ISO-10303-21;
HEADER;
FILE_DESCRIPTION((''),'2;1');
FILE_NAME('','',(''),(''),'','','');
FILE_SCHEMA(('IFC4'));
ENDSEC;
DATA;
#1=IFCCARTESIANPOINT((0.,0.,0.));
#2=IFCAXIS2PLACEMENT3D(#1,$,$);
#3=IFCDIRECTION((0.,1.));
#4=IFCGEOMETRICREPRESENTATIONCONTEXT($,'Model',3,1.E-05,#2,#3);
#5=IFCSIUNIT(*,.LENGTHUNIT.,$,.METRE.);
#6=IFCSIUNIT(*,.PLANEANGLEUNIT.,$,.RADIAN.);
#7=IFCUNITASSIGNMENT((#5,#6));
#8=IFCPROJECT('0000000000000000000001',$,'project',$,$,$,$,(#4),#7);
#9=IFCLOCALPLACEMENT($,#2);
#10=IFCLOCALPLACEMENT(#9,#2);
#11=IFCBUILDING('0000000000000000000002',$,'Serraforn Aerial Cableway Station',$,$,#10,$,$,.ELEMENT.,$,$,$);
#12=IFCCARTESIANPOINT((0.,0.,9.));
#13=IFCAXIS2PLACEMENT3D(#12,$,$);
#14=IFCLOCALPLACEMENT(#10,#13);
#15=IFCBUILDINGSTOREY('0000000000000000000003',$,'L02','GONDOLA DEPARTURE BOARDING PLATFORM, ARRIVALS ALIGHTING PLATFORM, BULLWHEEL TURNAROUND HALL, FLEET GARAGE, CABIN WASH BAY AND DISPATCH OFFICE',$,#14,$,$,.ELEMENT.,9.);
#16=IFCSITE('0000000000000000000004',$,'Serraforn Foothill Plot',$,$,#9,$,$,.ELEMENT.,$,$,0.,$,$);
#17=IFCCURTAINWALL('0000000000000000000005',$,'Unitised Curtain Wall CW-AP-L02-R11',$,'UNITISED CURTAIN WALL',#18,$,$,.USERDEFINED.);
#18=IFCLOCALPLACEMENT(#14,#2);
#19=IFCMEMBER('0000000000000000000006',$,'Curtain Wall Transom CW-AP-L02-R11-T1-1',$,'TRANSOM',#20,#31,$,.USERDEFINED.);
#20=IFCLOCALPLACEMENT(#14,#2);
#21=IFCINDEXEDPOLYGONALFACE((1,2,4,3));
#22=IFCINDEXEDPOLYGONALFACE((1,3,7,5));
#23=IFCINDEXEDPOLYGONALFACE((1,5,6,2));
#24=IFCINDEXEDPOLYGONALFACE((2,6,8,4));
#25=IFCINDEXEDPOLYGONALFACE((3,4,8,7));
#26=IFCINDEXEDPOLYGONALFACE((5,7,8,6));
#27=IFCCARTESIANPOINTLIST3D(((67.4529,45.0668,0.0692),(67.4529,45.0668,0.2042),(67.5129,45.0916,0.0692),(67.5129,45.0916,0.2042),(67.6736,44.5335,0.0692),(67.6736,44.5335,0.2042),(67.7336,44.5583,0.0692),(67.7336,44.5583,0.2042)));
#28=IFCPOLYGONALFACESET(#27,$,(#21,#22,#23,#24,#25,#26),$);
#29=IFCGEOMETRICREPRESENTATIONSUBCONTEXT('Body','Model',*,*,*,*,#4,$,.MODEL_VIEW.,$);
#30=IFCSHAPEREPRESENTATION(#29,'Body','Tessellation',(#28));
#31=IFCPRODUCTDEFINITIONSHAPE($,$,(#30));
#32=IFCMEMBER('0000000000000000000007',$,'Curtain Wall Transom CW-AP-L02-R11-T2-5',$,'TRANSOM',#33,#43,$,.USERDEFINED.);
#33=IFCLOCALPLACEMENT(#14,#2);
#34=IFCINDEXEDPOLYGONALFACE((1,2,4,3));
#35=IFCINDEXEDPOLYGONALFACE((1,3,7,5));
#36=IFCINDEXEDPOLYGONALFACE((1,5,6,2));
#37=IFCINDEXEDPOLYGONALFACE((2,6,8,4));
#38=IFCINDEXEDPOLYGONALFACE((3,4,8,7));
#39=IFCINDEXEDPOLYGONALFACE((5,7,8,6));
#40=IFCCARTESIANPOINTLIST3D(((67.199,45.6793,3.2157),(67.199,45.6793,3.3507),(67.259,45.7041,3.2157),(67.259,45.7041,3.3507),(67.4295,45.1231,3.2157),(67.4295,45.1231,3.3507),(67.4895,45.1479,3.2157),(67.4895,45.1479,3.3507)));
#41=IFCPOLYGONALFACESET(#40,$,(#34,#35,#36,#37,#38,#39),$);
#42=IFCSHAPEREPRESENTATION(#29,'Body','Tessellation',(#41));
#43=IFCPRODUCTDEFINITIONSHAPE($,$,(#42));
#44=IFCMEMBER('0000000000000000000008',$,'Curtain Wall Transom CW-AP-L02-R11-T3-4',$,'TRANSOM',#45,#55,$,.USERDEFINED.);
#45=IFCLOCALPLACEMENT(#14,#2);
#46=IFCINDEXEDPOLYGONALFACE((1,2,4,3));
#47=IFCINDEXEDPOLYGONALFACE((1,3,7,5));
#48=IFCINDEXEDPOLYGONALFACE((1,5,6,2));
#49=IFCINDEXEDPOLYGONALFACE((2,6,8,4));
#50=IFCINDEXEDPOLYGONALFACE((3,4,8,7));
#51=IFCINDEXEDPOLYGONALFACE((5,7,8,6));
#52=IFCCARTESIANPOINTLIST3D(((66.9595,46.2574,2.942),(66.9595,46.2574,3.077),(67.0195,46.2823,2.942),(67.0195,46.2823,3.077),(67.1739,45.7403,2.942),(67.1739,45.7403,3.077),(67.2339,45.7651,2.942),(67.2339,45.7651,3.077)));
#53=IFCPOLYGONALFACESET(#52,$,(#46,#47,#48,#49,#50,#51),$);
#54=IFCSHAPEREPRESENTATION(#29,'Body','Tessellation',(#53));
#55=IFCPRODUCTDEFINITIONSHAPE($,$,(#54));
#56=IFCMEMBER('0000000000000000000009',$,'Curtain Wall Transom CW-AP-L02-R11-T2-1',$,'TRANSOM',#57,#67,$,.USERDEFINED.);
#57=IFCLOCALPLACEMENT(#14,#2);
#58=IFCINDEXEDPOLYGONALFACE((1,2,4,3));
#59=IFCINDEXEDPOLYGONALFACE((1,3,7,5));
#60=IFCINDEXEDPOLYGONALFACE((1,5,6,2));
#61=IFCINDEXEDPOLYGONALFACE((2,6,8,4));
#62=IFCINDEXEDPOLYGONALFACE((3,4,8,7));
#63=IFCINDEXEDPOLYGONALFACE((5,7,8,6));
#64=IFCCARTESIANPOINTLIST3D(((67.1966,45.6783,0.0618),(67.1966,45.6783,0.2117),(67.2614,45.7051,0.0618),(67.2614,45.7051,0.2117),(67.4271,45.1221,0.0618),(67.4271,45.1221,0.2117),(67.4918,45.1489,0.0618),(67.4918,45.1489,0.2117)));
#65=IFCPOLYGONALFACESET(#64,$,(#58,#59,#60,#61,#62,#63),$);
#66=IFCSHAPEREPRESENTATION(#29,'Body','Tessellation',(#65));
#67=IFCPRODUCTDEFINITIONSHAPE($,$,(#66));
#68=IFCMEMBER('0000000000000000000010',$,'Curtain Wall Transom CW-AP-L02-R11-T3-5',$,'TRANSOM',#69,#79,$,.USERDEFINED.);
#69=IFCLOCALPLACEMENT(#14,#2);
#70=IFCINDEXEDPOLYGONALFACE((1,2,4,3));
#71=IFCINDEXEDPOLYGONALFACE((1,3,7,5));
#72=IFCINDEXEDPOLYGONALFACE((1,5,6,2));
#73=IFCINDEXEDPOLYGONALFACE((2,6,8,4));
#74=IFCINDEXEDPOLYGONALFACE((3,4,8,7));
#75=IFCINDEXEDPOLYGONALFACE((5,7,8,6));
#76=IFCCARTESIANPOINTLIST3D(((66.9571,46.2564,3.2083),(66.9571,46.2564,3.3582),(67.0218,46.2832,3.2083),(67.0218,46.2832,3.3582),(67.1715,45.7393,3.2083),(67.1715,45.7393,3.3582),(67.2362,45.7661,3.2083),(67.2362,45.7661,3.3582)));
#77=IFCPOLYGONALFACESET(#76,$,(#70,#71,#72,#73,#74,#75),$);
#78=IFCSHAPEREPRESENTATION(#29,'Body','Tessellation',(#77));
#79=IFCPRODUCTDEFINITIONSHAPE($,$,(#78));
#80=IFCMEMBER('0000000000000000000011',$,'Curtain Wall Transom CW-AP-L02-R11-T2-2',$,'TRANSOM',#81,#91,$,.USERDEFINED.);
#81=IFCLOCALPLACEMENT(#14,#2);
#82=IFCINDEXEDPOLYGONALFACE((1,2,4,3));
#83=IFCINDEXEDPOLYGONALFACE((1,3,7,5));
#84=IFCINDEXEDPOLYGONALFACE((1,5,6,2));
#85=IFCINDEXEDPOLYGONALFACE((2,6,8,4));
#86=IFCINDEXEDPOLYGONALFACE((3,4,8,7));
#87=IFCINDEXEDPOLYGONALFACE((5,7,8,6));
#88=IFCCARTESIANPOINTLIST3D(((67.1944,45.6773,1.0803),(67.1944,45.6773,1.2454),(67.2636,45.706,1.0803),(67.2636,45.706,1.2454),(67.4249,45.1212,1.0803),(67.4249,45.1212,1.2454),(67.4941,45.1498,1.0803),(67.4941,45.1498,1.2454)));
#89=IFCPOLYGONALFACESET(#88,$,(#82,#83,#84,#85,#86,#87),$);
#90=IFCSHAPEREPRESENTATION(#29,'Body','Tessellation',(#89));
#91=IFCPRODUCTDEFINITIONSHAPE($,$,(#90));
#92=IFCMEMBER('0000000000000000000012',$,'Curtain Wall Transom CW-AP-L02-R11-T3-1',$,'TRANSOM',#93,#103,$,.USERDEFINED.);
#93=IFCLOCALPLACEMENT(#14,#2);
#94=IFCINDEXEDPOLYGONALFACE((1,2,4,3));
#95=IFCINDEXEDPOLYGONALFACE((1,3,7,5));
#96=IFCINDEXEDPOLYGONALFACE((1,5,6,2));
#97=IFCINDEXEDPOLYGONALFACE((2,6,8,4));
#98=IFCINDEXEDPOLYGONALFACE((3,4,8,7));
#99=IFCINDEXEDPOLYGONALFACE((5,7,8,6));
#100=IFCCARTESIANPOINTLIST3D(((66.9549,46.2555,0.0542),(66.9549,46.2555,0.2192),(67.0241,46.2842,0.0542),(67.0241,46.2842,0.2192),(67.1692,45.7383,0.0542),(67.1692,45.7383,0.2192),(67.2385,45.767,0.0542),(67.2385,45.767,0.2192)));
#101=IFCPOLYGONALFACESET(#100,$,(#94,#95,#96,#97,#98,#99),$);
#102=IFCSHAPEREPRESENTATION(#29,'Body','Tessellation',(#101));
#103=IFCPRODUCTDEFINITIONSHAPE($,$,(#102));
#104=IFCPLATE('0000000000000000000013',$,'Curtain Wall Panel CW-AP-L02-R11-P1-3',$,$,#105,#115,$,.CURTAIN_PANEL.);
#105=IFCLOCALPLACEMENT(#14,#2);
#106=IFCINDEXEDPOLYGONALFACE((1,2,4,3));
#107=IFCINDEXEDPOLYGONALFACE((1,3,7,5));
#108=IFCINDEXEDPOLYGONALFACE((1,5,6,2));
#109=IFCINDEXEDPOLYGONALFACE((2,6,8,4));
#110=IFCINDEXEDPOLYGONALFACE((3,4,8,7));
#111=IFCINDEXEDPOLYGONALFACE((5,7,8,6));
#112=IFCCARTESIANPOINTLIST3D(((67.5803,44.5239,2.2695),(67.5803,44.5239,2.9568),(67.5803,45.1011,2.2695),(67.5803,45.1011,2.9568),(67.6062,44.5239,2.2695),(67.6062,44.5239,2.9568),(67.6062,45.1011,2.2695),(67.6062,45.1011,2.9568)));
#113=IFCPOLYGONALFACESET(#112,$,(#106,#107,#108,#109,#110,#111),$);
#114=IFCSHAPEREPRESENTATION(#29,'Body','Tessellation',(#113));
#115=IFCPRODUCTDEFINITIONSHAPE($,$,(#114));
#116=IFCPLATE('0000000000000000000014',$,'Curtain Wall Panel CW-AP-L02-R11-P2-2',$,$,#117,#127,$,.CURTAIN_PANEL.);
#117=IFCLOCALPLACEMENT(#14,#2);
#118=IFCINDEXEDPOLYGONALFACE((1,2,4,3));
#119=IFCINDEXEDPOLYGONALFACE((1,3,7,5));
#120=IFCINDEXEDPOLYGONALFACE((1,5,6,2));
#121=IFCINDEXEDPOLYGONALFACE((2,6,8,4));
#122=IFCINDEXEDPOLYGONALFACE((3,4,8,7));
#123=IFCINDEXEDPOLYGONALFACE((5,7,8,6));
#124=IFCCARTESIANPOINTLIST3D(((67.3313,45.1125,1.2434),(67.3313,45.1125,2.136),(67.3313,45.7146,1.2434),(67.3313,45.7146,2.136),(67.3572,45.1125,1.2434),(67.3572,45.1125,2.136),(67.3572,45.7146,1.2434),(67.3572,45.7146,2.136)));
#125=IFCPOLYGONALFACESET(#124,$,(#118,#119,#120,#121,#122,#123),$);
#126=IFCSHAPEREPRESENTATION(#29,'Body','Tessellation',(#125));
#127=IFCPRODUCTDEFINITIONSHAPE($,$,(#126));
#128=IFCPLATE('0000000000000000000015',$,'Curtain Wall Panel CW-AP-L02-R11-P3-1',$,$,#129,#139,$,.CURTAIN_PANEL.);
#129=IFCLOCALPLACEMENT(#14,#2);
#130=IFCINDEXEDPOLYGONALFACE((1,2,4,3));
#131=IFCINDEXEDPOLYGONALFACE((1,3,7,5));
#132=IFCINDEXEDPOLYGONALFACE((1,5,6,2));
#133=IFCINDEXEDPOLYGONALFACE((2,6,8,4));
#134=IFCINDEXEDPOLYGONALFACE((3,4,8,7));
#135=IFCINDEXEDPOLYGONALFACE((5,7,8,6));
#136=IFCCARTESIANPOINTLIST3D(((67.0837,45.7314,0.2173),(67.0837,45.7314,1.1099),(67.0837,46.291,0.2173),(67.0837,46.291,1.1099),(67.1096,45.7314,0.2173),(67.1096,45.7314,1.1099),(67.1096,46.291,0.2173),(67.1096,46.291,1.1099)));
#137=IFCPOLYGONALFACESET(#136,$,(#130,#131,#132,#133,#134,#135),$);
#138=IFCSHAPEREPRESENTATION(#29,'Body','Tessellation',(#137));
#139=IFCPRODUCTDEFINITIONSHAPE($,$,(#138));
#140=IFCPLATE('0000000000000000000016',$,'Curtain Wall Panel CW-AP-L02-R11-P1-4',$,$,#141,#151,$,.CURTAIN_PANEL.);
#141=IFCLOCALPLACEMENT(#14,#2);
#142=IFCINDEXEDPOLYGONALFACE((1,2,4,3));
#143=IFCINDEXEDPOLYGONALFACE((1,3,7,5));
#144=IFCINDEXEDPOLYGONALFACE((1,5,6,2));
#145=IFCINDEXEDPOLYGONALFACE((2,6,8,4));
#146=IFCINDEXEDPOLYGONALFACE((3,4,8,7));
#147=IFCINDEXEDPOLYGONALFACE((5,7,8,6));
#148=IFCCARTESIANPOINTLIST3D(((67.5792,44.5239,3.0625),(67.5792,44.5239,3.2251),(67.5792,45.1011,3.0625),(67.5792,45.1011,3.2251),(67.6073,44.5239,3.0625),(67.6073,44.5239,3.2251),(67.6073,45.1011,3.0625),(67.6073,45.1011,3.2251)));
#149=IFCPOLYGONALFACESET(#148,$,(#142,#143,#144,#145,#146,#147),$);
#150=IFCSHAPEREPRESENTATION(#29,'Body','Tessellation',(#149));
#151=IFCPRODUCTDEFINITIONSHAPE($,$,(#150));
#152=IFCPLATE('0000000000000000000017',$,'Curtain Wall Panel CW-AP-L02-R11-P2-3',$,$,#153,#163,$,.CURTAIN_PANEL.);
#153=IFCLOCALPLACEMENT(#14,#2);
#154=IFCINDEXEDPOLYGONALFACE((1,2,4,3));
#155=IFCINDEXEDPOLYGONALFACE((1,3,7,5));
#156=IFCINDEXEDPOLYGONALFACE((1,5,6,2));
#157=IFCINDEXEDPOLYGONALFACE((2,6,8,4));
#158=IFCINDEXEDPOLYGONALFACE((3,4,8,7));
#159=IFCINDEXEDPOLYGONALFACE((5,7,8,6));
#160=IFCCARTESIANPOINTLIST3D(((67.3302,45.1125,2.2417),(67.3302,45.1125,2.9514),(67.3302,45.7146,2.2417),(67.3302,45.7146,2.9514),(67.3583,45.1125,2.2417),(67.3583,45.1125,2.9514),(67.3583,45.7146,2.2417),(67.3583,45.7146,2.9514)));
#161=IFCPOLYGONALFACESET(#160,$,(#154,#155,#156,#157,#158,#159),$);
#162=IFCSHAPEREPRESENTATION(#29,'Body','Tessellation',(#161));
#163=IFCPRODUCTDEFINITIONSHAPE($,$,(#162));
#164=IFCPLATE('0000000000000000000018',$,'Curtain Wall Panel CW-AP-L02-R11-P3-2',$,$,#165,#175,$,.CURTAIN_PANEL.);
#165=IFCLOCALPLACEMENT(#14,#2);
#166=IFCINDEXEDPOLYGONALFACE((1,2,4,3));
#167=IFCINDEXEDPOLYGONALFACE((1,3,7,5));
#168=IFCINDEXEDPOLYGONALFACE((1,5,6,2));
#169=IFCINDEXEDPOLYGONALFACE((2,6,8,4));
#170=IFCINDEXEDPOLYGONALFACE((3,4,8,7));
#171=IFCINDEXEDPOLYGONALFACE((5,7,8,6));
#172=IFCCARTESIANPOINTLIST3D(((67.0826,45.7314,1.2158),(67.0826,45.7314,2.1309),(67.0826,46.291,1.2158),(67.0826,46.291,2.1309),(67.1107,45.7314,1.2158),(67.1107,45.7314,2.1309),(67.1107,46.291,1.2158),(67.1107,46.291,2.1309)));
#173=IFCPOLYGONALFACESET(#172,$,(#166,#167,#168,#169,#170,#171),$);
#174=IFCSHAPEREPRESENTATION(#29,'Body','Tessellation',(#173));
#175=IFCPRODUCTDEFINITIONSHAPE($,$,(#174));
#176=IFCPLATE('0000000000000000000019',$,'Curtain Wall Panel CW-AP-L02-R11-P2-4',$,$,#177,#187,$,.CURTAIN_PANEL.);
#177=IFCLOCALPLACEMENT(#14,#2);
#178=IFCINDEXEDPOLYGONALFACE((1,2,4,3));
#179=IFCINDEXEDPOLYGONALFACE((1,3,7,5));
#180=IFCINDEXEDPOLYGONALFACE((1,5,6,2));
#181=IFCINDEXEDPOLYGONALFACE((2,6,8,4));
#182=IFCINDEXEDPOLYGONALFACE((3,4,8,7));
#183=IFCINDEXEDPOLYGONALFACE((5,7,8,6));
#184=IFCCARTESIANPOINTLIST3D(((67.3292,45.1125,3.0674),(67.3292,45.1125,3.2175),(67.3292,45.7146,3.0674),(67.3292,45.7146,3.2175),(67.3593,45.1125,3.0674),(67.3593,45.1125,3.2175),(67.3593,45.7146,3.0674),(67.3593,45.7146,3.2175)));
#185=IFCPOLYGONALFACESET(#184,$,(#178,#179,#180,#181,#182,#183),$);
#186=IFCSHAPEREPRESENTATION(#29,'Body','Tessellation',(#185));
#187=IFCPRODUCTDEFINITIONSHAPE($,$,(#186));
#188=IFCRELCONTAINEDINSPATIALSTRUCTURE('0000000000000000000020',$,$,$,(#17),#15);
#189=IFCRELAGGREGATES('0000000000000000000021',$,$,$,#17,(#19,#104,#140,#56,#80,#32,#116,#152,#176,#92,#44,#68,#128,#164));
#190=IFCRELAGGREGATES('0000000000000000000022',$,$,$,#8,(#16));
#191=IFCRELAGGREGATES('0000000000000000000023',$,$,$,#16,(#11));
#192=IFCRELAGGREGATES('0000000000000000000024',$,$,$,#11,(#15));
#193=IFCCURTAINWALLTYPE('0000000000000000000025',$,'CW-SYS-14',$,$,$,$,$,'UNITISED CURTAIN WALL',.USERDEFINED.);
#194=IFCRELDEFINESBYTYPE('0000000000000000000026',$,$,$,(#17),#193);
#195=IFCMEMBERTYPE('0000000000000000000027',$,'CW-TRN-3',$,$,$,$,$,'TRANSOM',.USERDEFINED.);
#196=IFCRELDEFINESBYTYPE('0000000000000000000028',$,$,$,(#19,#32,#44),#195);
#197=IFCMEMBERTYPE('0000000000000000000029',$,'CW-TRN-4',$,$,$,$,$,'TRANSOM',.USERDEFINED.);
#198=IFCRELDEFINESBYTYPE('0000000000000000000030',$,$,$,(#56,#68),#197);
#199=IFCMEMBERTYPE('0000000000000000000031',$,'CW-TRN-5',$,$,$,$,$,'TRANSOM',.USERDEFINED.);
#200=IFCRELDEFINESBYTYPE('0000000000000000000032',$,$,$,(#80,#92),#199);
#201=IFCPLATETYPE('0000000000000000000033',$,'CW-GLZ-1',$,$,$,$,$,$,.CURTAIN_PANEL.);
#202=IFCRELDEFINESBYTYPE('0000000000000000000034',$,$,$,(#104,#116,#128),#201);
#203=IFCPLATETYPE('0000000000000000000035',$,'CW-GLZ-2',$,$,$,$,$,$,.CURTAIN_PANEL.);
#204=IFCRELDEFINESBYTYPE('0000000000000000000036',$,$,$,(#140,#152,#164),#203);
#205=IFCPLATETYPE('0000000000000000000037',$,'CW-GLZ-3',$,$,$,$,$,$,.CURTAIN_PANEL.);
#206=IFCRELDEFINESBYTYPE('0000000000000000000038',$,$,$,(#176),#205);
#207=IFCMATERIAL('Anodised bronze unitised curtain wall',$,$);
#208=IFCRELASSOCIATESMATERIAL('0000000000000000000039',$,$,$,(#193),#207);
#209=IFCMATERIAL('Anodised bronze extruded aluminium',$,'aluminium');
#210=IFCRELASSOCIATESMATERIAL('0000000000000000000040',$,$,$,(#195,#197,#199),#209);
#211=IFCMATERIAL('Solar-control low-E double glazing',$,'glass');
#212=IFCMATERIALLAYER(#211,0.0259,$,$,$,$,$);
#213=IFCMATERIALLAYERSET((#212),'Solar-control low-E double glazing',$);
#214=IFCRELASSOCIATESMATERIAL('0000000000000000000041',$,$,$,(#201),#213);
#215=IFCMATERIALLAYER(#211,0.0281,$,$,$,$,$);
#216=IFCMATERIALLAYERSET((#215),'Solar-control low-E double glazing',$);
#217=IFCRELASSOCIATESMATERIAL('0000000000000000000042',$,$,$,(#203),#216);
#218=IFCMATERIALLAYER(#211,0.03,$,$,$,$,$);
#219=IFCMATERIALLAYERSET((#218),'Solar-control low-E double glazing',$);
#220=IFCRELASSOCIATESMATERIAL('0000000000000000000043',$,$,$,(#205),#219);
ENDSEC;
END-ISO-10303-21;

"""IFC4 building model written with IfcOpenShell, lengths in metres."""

from ifc_helpers import new_model, si_unit, direction, frame, origin, origin_2d, place, context, subcontext, project, spatial, rectangle, extrude, material, layer, layer_set, material_profile, profile_set, type_object, element, aggregate, save


model = new_model("IFC4")

# Units and contexts
model_context = context("Model", 3, precision=1e-05, world=origin(), true_north=direction((0.0, 1.0)))
body_context = subcontext(model_context, "Body", "Model", "MODEL_VIEW")
ifc_project = project(units=[si_unit("LENGTHUNIT", "METRE"), si_unit("PLANEANGLEUNIT", "RADIAN")], contexts=[model_context])

# Site, building, storey
site_placement = place(None, origin())
site = spatial("IfcSite", under=ifc_project, at=site_placement, Name="Serraforn Foothill Plot", CompositionType="ELEMENT", RefElevation=0.0)
building_placement = place(site_placement, origin())
building = spatial("IfcBuilding", under=site, at=building_placement, Name="Serraforn Aerial Cableway Station", CompositionType="ELEMENT")
storey_placement = place(building_placement, frame((0.0, 0.0, 9.0)))
storey = spatial("IfcBuildingStorey", under=building, at=storey_placement, Name="L02", Description="GONDOLA DEPARTURE BOARDING PLATFORM, ARRIVALS ALIGHTING PLATFORM, BULLWHEEL TURNAROUND HALL, FLEET GARAGE, CABIN WASH BAY AND DISPATCH OFFICE", CompositionType="ELEMENT", Elevation=9.0)

# Curtain wall, members, plates
ifc_material_1 = material(Name="Anodised bronze unitised curtain wall")
curtain_wall_type = type_object("IfcCurtainWallType", Name="CW-SYS-14", ElementType="UNITISED CURTAIN WALL", PredefinedType="USERDEFINED", material=ifc_material_1)
curtain_wall_placement = place(storey_placement, origin())
curtain_wall = element("IfcCurtainWall", 1, at=curtain_wall_placement, inside=storey, type_object=curtain_wall_type, Name="Unitised Curtain Wall CW-AP-L02-R11", ObjectType="UNITISED CURTAIN WALL", PredefinedType="USERDEFINED")
ifc_material_2 = material(Name="Anodised bronze extruded aluminium", Category="aluminium")
ifc_material_profile_1 = material_profile(ifc_material_2, rectangle(XDim=0.0649, YDim=0.135, at=origin_2d()), Name="CW TRANSOM 65x135")
ifc_profile_set_1 = profile_set([ifc_material_profile_1], Name="Anodised bronze extruded aluminium")
member_type_1 = type_object("IfcMemberType", Name="CW-TRN-3", ElementType="TRANSOM", PredefinedType="USERDEFINED", material=ifc_profile_set_1)
member_1_placement = place(storey_placement, frame((67.7036, 44.5459, 0.1367), z_axis=(-0.382451, 0.923976, 0.0), x_axis=(-0.923976, -0.382451, 0.0)))
member_1 = element("IfcMember", 2, at=member_1_placement, type_object=member_type_1, Name="Curtain Wall Transom CW-AP-L02-R11-T1-1", ObjectType="TRANSOM", PredefinedType="USERDEFINED", context=body_context, shape_type="SweptSolid", body=[
    extrude(rectangle(XDim=0.0649, YDim=0.135, at=origin_2d()), origin(), (0.0, 0.0, 1.0), 0.5771),
])
member_2_placement = place(storey_placement, frame((67.4595, 45.1355, 3.2832), z_axis=(-0.382829, 0.923819, 0.0), x_axis=(-0.923819, -0.382829, 0.0)))
member_2 = element("IfcMember", 3, at=member_2_placement, type_object=member_type_1, Name="Curtain Wall Transom CW-AP-L02-R11-T2-5", ObjectType="TRANSOM", PredefinedType="USERDEFINED", context=body_context, shape_type="SweptSolid", body=[
    extrude(rectangle(XDim=0.0649, YDim=0.135, at=origin_2d()), origin(), (0.0, 0.0, 1.0), 0.6021),
])
member_3_placement = place(storey_placement, frame((67.2039, 45.7527, 3.0095), z_axis=(-0.382942, 0.923772, 0.0), x_axis=(-0.923772, -0.382942, 0.0)))
member_3 = element("IfcMember", 4, at=member_3_placement, type_object=member_type_1, Name="Curtain Wall Transom CW-AP-L02-R11-T3-4", ObjectType="TRANSOM", PredefinedType="USERDEFINED", context=body_context, shape_type="SweptSolid", body=[
    extrude(rectangle(XDim=0.0649, YDim=0.135, at=origin_2d()), origin(), (0.0, 0.0, 1.0), 0.5598),
])
ifc_material_profile_2 = material_profile(ifc_material_2, rectangle(XDim=0.0701, YDim=0.1499, at=origin_2d()), Name="CW TRANSOM 70x150")
ifc_profile_set_2 = profile_set([ifc_material_profile_2], Name="Anodised bronze extruded aluminium")
member_type_2 = type_object("IfcMemberType", Name="CW-TRN-4", ElementType="TRANSOM", PredefinedType="USERDEFINED", material=ifc_profile_set_2)
member_4_placement = place(storey_placement, frame((67.4595, 45.1355, 0.1367), z_axis=(-0.382829, 0.923819, 0.0), x_axis=(-0.923819, -0.382829, 0.0)))
member_4 = element("IfcMember", 5, at=member_4_placement, type_object=member_type_2, Name="Curtain Wall Transom CW-AP-L02-R11-T2-1", ObjectType="TRANSOM", PredefinedType="USERDEFINED", context=body_context, shape_type="SweptSolid", body=[
    extrude(rectangle(XDim=0.0701, YDim=0.1499, at=origin_2d()), origin(), (0.0, 0.0, 1.0), 0.6021),
])
member_5_placement = place(storey_placement, frame((67.2039, 45.7527, 3.2832), z_axis=(-0.382942, 0.923772, 0.0), x_axis=(-0.923772, -0.382942, 0.0)))
member_5 = element("IfcMember", 6, at=member_5_placement, type_object=member_type_2, Name="Curtain Wall Transom CW-AP-L02-R11-T3-5", ObjectType="TRANSOM", PredefinedType="USERDEFINED", context=body_context, shape_type="SweptSolid", body=[
    extrude(rectangle(XDim=0.0701, YDim=0.1499, at=origin_2d()), origin(), (0.0, 0.0, 1.0), 0.5598),
])
ifc_material_profile_3 = material_profile(ifc_material_2, rectangle(XDim=0.075, YDim=0.165, at=origin_2d()), Name="CW TRANSOM 75x165")
ifc_profile_set_3 = profile_set([ifc_material_profile_3], Name="Anodised bronze extruded aluminium")
member_type_3 = type_object("IfcMemberType", Name="CW-TRN-5", ElementType="TRANSOM", PredefinedType="USERDEFINED", material=ifc_profile_set_3)
member_6_placement = place(storey_placement, frame((67.4595, 45.1355, 1.1628), z_axis=(-0.382829, 0.923819, 0.0), x_axis=(-0.923819, -0.382829, 0.0)))
member_6 = element("IfcMember", 7, at=member_6_placement, type_object=member_type_3, Name="Curtain Wall Transom CW-AP-L02-R11-T2-2", ObjectType="TRANSOM", PredefinedType="USERDEFINED", context=body_context, shape_type="SweptSolid", body=[
    extrude(rectangle(XDim=0.075, YDim=0.165, at=origin_2d()), origin(), (0.0, 0.0, 1.0), 0.6021),
])
member_7_placement = place(storey_placement, frame((67.2039, 45.7527, 0.1367), z_axis=(-0.382942, 0.923772, 0.0), x_axis=(-0.923772, -0.382942, 0.0)))
member_7 = element("IfcMember", 8, at=member_7_placement, type_object=member_type_3, Name="Curtain Wall Transom CW-AP-L02-R11-T3-1", ObjectType="TRANSOM", PredefinedType="USERDEFINED", context=body_context, shape_type="SweptSolid", body=[
    extrude(rectangle(XDim=0.075, YDim=0.165, at=origin_2d()), origin(), (0.0, 0.0, 1.0), 0.5598),
])
ifc_material_3 = material(Name="Solar-control low-E double glazing", Category="glass")
ifc_layer_1 = layer(ifc_material_3, 0.0259)
ifc_layer_set_1 = layer_set([ifc_layer_1], Name="Solar-control low-E double glazing")
plate_type_1 = type_object("IfcPlateType", Name="CW-GLZ-1", PredefinedType="CURTAIN_PANEL", material=ifc_layer_set_1)
plate_1_placement = place(storey_placement, frame((67.5933, 44.8125, 2.2695), z_axis=(0.0, 0.0, 1.0), x_axis=(1.0, 0.0, 0.0)))
plate_1 = element("IfcPlate", 9, at=plate_1_placement, type_object=plate_type_1, Name="Curtain Wall Panel CW-AP-L02-R11-P1-3", PredefinedType="CURTAIN_PANEL", context=body_context, shape_type="SweptSolid", body=[
    extrude(rectangle(XDim=0.0259, YDim=0.5771, at=origin_2d()), origin(), (0.0, 0.0, 1.0), 0.6873),
])
plate_2_placement = place(storey_placement, frame((67.3442, 45.4136, 1.2434), z_axis=(0.0, 0.0, 1.0), x_axis=(1.0, 0.0, 0.0)))
plate_2 = element("IfcPlate", 10, at=plate_2_placement, type_object=plate_type_1, Name="Curtain Wall Panel CW-AP-L02-R11-P2-2", PredefinedType="CURTAIN_PANEL", context=body_context, shape_type="SweptSolid", body=[
    extrude(rectangle(XDim=0.0259, YDim=0.6021, at=origin_2d()), origin(), (0.0, 0.0, 1.0), 0.8926),
])
plate_3_placement = place(storey_placement, frame((67.0967, 46.0112, 0.2173), z_axis=(0.0, 0.0, 1.0), x_axis=(1.0, 0.0, 0.0)))
plate_3 = element("IfcPlate", 11, at=plate_3_placement, type_object=plate_type_1, Name="Curtain Wall Panel CW-AP-L02-R11-P3-1", PredefinedType="CURTAIN_PANEL", context=body_context, shape_type="SweptSolid", body=[
    extrude(rectangle(XDim=0.0259, YDim=0.5596, at=origin_2d()), origin(), (0.0, 0.0, 1.0), 0.8926),
])
ifc_layer_2 = layer(ifc_material_3, 0.0281)
ifc_layer_set_2 = layer_set([ifc_layer_2], Name="Solar-control low-E double glazing")
plate_type_2 = type_object("IfcPlateType", Name="CW-GLZ-2", PredefinedType="CURTAIN_PANEL", material=ifc_layer_set_2)
plate_4_placement = place(storey_placement, frame((67.5933, 44.8125, 3.0625), z_axis=(0.0, 0.0, 1.0), x_axis=(1.0, 0.0, 0.0)))
plate_4 = element("IfcPlate", 12, at=plate_4_placement, type_object=plate_type_2, Name="Curtain Wall Panel CW-AP-L02-R11-P1-4", PredefinedType="CURTAIN_PANEL", context=body_context, shape_type="SweptSolid", body=[
    extrude(rectangle(XDim=0.0281, YDim=0.5771, at=origin_2d()), origin(), (0.0, 0.0, 1.0), 0.1626),
])
plate_5_placement = place(storey_placement, frame((67.3442, 45.4136, 2.2417), z_axis=(0.0, 0.0, 1.0), x_axis=(1.0, 0.0, 0.0)))
plate_5 = element("IfcPlate", 13, at=plate_5_placement, type_object=plate_type_2, Name="Curtain Wall Panel CW-AP-L02-R11-P2-3", PredefinedType="CURTAIN_PANEL", context=body_context, shape_type="SweptSolid", body=[
    extrude(rectangle(XDim=0.0281, YDim=0.6021, at=origin_2d()), origin(), (0.0, 0.0, 1.0), 0.7097),
])
plate_6_placement = place(storey_placement, frame((67.0967, 46.0112, 1.2158), z_axis=(0.0, 0.0, 1.0), x_axis=(1.0, 0.0, 0.0)))
plate_6 = element("IfcPlate", 14, at=plate_6_placement, type_object=plate_type_2, Name="Curtain Wall Panel CW-AP-L02-R11-P3-2", PredefinedType="CURTAIN_PANEL", context=body_context, shape_type="SweptSolid", body=[
    extrude(rectangle(XDim=0.0281, YDim=0.5596, at=origin_2d()), origin(), (0.0, 0.0, 1.0), 0.915),
])
ifc_layer_3 = layer(ifc_material_3, 0.03)
ifc_layer_set_3 = layer_set([ifc_layer_3], Name="Solar-control low-E double glazing")
plate_type_3 = type_object("IfcPlateType", Name="CW-GLZ-3", PredefinedType="CURTAIN_PANEL", material=ifc_layer_set_3)
plate_7_placement = place(storey_placement, frame((67.3442, 45.4136, 3.0674), z_axis=(0.0, 0.0, 1.0), x_axis=(1.0, 0.0, 0.0)))
plate_7 = element("IfcPlate", 15, at=plate_7_placement, type_object=plate_type_3, Name="Curtain Wall Panel CW-AP-L02-R11-P2-4", PredefinedType="CURTAIN_PANEL", context=body_context, shape_type="SweptSolid", body=[
    extrude(rectangle(XDim=0.03, YDim=0.6021, at=origin_2d()), origin(), (0.0, 0.0, 1.0), 0.1501),
])
aggregate(curtain_wall, [member_1, plate_1, plate_4, member_4, member_6, member_2, plate_2, plate_5, plate_7, member_7, member_3, member_5, plate_3, plate_6])

save(model, "model.ifc")
